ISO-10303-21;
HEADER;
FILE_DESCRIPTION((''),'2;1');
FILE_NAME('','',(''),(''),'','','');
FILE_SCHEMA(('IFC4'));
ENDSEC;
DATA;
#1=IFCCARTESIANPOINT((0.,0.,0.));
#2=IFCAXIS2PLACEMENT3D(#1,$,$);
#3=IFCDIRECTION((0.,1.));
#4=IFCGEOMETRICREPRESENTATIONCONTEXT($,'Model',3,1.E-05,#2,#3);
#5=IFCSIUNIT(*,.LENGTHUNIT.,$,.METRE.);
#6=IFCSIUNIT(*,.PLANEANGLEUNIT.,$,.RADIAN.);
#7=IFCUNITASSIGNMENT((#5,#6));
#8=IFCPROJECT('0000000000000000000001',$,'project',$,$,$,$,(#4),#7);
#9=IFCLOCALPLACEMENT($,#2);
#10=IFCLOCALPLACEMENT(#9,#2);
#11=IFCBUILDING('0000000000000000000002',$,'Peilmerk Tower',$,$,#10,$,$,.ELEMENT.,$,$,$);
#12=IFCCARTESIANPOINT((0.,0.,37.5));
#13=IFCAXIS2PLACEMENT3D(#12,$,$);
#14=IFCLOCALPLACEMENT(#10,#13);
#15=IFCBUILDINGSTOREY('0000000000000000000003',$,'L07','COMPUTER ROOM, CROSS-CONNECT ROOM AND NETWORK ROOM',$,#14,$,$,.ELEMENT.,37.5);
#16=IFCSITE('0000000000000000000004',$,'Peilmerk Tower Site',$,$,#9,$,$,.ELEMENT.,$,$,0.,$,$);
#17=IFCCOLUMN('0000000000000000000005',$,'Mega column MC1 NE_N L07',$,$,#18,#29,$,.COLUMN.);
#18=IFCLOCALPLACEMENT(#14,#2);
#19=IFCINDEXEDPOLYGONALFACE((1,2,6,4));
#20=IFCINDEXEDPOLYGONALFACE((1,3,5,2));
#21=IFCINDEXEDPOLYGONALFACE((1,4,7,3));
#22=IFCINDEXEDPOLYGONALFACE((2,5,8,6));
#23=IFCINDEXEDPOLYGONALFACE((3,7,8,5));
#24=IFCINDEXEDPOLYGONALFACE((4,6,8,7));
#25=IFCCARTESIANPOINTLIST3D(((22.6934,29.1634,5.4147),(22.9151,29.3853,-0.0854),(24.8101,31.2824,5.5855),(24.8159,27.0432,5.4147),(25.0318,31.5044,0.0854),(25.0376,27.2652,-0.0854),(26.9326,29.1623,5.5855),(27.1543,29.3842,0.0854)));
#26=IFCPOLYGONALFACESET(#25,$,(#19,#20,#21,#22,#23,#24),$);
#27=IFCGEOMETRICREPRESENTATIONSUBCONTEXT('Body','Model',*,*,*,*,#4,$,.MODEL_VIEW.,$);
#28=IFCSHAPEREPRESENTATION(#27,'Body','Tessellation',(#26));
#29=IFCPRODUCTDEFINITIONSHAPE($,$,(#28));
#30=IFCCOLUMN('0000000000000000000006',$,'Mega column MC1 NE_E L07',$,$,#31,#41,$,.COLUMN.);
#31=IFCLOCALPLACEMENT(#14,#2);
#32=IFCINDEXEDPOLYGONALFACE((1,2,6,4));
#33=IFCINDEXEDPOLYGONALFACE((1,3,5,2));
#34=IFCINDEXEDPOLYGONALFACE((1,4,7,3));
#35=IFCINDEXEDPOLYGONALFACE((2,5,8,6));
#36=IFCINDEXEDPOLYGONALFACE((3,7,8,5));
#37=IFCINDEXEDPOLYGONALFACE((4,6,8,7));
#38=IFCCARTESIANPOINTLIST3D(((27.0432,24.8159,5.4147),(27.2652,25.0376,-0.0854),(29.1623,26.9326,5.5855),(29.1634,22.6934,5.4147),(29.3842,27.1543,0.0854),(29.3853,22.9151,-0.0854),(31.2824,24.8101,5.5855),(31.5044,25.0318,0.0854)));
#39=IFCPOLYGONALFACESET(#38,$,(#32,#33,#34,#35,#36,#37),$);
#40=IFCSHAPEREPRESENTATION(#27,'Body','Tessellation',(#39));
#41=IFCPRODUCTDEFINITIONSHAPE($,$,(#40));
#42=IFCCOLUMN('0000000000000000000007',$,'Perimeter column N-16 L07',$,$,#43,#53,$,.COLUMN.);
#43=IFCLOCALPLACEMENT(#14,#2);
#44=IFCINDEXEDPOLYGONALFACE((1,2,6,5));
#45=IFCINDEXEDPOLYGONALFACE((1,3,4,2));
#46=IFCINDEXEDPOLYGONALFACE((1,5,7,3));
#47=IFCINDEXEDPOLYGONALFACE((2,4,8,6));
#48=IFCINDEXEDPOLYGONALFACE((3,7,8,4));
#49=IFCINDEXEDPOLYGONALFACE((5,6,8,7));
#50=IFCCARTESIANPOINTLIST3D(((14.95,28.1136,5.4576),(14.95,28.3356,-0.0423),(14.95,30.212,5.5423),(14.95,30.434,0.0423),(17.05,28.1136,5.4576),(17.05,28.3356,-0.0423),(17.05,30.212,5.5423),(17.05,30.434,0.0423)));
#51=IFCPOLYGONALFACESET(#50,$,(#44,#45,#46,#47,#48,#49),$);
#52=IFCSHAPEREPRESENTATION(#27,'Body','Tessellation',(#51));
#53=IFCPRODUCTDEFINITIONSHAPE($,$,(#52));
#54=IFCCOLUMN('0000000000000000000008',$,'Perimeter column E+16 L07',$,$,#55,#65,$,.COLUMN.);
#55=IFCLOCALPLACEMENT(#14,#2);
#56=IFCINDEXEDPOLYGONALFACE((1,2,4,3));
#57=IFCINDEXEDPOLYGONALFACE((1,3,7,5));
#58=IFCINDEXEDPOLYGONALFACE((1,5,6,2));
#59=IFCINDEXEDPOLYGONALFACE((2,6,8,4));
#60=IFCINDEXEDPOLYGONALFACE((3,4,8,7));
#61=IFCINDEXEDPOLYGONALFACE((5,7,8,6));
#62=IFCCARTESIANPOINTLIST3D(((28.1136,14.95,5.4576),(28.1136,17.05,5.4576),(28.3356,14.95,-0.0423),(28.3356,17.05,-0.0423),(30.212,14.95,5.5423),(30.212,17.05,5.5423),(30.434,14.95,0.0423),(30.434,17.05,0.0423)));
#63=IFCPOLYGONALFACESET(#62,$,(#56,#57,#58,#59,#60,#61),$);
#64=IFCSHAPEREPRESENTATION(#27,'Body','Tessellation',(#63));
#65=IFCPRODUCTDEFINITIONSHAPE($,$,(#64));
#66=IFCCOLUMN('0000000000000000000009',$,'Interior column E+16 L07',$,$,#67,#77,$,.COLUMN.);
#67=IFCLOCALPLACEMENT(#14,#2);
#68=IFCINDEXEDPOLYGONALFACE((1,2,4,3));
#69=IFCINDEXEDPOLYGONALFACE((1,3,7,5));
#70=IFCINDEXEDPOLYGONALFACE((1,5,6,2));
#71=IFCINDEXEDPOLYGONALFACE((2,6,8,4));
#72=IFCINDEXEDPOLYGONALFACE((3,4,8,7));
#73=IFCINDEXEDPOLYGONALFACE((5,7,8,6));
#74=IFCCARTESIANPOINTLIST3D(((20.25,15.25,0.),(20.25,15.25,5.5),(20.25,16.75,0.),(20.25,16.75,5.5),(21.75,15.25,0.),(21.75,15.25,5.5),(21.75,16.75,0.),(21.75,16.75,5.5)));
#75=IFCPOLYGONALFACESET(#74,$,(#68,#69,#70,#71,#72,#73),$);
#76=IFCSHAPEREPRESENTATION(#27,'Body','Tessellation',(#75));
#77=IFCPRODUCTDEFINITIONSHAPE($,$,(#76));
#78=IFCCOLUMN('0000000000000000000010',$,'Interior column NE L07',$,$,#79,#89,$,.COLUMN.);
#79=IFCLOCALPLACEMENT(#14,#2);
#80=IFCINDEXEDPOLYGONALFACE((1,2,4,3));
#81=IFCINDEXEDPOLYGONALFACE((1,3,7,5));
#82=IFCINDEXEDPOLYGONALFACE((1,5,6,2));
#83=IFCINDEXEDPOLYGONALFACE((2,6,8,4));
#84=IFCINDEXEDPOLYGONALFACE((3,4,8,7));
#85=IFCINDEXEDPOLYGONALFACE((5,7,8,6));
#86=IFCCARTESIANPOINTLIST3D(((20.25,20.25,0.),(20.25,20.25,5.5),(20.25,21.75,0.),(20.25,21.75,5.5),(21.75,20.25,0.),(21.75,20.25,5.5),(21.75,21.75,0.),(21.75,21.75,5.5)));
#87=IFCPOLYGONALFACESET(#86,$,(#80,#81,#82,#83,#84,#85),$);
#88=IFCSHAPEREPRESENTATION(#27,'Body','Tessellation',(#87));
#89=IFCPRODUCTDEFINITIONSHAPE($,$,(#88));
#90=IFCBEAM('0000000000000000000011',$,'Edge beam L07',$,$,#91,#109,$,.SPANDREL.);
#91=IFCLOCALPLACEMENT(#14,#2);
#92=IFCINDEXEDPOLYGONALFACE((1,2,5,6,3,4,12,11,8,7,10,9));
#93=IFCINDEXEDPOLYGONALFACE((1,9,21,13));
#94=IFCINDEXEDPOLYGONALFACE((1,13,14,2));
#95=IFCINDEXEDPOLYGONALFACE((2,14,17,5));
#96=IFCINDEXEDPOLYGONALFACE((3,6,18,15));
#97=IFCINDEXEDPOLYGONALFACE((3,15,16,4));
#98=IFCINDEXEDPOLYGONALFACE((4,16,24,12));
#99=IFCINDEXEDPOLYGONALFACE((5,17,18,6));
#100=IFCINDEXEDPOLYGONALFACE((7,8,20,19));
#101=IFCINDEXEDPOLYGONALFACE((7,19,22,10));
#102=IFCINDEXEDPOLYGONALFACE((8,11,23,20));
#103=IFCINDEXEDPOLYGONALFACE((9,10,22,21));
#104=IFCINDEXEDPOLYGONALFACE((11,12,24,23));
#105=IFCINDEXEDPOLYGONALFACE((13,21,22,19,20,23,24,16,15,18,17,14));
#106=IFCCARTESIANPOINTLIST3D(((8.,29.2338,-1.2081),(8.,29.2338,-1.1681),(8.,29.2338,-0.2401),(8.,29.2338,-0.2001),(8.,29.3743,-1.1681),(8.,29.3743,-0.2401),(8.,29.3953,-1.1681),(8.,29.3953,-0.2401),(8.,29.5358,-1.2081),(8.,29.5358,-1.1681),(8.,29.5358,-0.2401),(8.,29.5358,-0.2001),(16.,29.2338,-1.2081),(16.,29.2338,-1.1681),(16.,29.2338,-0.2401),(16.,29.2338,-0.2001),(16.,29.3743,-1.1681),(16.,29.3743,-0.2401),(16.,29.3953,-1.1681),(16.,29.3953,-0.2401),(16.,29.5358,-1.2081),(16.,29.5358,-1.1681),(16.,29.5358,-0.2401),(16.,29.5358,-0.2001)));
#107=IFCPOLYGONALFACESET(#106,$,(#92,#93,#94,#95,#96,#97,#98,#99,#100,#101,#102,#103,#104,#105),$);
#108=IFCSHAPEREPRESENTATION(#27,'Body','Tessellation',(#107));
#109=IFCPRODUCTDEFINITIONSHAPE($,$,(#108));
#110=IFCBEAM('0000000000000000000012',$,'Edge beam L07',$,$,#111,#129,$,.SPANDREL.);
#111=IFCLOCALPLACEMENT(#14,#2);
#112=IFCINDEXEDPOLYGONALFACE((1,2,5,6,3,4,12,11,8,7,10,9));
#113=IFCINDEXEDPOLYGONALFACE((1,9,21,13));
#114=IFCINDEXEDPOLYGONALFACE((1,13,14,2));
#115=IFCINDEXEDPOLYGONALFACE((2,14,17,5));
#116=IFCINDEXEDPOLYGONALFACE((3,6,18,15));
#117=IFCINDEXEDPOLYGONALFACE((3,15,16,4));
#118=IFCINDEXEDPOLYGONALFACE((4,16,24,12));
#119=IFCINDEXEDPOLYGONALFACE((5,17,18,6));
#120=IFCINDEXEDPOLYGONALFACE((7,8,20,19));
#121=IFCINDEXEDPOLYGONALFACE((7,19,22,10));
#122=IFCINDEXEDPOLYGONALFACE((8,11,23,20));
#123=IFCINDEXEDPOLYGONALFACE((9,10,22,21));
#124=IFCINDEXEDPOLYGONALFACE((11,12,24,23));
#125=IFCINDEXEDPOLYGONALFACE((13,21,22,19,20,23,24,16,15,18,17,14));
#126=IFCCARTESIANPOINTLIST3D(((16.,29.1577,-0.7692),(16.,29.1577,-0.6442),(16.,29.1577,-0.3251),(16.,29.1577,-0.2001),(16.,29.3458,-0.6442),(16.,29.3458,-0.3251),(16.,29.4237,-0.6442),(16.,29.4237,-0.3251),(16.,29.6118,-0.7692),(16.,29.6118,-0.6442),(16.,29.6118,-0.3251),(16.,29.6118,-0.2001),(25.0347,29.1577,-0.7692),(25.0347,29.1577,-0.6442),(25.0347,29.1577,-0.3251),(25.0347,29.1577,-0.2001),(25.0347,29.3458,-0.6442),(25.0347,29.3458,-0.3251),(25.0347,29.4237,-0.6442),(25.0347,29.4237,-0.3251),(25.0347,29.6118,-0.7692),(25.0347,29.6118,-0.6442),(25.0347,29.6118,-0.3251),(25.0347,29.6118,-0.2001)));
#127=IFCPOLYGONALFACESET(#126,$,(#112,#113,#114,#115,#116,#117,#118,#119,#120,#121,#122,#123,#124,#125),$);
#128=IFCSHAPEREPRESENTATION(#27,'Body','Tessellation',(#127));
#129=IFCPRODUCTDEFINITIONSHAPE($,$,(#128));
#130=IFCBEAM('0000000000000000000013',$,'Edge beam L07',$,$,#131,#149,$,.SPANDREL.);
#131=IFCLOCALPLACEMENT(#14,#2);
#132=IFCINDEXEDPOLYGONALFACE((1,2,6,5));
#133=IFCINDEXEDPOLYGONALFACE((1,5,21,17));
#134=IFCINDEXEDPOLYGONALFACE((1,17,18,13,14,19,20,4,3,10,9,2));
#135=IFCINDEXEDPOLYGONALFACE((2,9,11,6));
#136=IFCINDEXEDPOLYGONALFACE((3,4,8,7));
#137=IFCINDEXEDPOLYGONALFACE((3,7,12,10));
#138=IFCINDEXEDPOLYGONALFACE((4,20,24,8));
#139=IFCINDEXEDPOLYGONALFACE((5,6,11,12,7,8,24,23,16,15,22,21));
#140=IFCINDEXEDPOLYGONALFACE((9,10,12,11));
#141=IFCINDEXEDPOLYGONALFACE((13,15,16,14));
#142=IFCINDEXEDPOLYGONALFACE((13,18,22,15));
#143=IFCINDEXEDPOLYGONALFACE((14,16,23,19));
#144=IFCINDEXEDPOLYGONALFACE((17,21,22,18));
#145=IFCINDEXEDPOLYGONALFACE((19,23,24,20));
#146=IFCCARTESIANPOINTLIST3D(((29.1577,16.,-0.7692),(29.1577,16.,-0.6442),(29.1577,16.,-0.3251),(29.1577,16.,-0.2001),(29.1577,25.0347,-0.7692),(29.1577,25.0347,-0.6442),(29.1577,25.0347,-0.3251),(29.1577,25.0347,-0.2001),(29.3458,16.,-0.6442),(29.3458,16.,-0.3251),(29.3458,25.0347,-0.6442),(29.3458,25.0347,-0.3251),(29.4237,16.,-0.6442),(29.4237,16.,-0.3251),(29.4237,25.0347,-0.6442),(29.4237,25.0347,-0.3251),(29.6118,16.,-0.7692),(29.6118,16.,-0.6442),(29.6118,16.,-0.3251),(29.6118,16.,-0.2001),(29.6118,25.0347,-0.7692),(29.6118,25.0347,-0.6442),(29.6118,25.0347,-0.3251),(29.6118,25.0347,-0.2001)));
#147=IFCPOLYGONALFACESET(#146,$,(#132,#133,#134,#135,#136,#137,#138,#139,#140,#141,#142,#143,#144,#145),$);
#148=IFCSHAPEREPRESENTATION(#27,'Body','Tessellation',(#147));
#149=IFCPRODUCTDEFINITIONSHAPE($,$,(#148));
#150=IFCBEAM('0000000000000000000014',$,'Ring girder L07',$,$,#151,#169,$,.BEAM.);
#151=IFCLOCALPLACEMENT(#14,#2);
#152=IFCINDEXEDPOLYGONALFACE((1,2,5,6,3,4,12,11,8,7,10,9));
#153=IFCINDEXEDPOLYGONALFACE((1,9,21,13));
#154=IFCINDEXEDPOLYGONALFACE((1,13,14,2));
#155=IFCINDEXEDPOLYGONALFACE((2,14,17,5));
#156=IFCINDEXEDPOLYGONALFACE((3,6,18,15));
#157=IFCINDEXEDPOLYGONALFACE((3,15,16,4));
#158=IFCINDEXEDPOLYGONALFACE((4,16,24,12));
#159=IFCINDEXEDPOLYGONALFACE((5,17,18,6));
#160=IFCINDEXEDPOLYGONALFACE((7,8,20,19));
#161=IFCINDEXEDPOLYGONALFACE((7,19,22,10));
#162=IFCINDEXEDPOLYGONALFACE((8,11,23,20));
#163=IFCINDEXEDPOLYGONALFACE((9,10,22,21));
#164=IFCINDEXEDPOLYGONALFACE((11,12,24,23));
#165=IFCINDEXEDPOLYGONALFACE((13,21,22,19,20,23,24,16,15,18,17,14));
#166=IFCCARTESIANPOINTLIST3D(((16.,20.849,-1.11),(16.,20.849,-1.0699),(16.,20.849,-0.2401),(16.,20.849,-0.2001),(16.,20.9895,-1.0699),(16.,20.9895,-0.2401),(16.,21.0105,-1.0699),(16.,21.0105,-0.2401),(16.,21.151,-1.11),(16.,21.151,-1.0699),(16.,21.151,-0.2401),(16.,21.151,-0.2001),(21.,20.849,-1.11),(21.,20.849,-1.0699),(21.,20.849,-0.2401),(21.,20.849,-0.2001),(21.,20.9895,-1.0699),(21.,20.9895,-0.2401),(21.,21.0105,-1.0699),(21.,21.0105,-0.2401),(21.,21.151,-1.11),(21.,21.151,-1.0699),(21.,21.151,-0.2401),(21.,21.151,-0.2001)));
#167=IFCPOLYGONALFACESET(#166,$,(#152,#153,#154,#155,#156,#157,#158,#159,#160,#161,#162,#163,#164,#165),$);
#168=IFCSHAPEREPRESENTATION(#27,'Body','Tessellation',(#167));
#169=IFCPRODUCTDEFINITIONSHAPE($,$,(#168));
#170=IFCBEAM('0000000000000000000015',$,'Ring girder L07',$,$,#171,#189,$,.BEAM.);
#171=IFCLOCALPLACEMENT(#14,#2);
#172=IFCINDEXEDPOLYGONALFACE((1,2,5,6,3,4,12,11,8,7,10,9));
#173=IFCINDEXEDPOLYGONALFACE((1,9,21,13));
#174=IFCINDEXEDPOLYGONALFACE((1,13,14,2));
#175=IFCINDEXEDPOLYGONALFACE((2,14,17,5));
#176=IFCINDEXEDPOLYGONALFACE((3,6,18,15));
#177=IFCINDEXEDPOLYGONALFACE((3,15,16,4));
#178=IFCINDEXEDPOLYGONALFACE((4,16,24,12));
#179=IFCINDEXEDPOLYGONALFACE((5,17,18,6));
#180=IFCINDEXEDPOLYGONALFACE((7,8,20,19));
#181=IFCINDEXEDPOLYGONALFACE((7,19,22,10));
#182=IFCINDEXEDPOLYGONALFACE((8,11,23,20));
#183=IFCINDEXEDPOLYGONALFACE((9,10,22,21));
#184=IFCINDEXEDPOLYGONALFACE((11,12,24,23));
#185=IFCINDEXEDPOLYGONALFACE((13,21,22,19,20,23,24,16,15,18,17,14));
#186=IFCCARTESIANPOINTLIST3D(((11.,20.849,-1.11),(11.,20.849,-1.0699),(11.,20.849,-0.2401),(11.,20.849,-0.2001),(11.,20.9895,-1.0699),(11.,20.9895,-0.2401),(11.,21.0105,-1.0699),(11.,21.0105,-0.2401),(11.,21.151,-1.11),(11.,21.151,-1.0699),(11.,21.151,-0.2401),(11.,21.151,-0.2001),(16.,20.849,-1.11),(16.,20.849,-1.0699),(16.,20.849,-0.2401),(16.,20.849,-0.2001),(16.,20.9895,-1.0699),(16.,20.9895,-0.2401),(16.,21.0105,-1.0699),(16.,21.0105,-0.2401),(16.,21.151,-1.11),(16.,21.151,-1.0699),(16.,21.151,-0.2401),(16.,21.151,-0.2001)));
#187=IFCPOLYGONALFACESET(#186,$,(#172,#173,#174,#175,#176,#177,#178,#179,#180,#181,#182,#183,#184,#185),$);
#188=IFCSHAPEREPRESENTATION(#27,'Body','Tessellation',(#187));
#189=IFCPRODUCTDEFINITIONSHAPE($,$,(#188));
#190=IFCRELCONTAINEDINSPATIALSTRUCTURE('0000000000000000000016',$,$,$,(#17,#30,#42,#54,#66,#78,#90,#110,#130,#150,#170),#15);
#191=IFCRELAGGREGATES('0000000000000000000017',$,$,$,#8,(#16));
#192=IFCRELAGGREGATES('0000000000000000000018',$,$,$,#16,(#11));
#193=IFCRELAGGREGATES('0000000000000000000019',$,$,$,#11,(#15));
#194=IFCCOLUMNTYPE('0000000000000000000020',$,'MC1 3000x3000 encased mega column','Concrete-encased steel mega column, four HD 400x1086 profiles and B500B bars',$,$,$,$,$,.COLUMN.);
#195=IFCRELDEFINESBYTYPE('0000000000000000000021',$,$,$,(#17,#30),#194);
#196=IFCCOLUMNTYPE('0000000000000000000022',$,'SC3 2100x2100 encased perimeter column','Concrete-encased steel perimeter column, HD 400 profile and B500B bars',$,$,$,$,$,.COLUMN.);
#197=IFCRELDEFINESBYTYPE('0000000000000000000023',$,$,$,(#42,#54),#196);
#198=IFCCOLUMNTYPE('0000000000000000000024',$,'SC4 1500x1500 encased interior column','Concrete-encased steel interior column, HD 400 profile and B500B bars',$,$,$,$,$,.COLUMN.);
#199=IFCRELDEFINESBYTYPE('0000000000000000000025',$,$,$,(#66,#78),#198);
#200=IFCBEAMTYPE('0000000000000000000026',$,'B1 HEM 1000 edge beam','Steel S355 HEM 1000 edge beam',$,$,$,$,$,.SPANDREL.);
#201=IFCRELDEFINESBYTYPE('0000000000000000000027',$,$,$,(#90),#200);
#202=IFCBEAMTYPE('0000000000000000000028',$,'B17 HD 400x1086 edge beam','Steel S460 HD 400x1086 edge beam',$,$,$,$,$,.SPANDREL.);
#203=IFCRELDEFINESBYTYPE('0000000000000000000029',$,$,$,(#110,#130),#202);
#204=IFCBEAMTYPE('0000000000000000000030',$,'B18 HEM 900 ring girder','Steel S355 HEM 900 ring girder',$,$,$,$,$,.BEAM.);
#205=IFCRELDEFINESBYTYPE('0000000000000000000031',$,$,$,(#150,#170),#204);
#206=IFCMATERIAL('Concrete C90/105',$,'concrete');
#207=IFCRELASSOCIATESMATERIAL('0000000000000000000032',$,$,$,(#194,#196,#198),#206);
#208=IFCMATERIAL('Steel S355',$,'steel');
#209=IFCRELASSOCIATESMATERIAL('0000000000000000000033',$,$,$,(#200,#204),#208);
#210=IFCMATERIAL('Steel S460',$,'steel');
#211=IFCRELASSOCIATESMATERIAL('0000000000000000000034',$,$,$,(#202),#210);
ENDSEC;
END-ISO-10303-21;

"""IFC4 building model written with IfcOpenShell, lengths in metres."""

from ifc_helpers import new_model, si_unit, direction, frame, origin, origin_2d, place, context, subcontext, project, spatial, rectangle, i_section, extrude, material, material_profile, profile_set, type_object, element, save


model = new_model("IFC4")

# Units and contexts
model_context = context("Model", 3, precision=1e-05, world=origin(), true_north=direction((0.0, 1.0)))
body_context = subcontext(model_context, "Body", "Model", "MODEL_VIEW")
ifc_project = project(units=[si_unit("LENGTHUNIT", "METRE"), si_unit("PLANEANGLEUNIT", "RADIAN")], contexts=[model_context])

# Site, building, storey
site_placement = place(None, origin())
site = spatial("IfcSite", under=ifc_project, at=site_placement, Name="Peilmerk Tower Site", CompositionType="ELEMENT", RefElevation=0.0)
building_placement = place(site_placement, origin())
building = spatial("IfcBuilding", under=site, at=building_placement, Name="Peilmerk Tower", CompositionType="ELEMENT")
storey_placement = place(building_placement, frame((0.0, 0.0, 37.5)))
storey = spatial("IfcBuildingStorey", under=building, at=storey_placement, Name="L07", Description="COMPUTER ROOM, CROSS-CONNECT ROOM AND NETWORK ROOM", CompositionType="ELEMENT", Elevation=37.5)

# Columns
ifc_material_1 = material(Name="Concrete C90/105", Category="concrete")
ifc_material_profile_1 = material_profile(ifc_material_1, rectangle(XDim=3.0, YDim=3.0, at=origin_2d()), Name="RC 3000x3000")
ifc_profile_set_1 = profile_set([ifc_material_profile_1], Name="Concrete C90/105")
column_type_1 = type_object("IfcColumnType", Name="MC1 3000x3000 encased mega column", Description="Concrete-encased steel mega column, four HD 400x1086 profiles and B500B bars", PredefinedType="COLUMN", material=ifc_profile_set_1)
for number, where, z_axis, x_axis, name in (
    (1, (25.0347, 29.3848, 0.0), (-0.04024, -0.040284, 0.998378), (0.707496, -0.706718, 0.0), "Mega column MC1 NE_N L07"),
    (2, (29.3848, 25.0347, 0.0), (-0.040284, -0.04024, 0.998378), (0.706718, -0.707496, 0.0), "Mega column MC1 NE_E L07"),
):
    element("IfcColumn", number, at=place(storey_placement, frame(where, z_axis=z_axis, x_axis=x_axis)), inside=storey, type_object=column_type_1, Name=name, PredefinedType="COLUMN", context=body_context, shape_type="SweptSolid", body=[
        extrude(rectangle(XDim=3.0, YDim=3.0, at=origin_2d()), origin(), (0.0, 0.0, 1.0), 5.509),
    ])
ifc_material_profile_2 = material_profile(ifc_material_1, rectangle(XDim=2.1001, YDim=2.1001, at=origin_2d()), Name="RC 2100x2100")
ifc_profile_set_2 = profile_set([ifc_material_profile_2], Name="Concrete C90/105")
column_type_2 = type_object("IfcColumnType", Name="SC3 2100x2100 encased perimeter column", Description="Concrete-encased steel perimeter column, HD 400 profile and B500B bars", PredefinedType="COLUMN", material=ifc_profile_set_2)
for number, where, z_axis, x_axis, name in (
    (3, (16.0, 29.3848, 0.0), (0.0, -0.040317, 0.999187), (1.0, 0.0, 0.0), "Perimeter column N-16 L07"),
    (4, (29.3848, 16.0, 0.0), (-0.040317, 0.0, 0.999187), (0.0, -1.0, 0.0), "Perimeter column E+16 L07"),
):
    element("IfcColumn", number, at=place(storey_placement, frame(where, z_axis=z_axis, x_axis=x_axis)), inside=storey, type_object=column_type_2, Name=name, PredefinedType="COLUMN", context=body_context, shape_type="SweptSolid", body=[
        extrude(rectangle(XDim=2.1001, YDim=2.1001, at=origin_2d()), origin(), (0.0, 0.0, 1.0), 5.5044),
    ])
ifc_material_profile_3 = material_profile(ifc_material_1, rectangle(XDim=1.5, YDim=1.5, at=origin_2d()), Name="RC 1500x1500")
ifc_profile_set_3 = profile_set([ifc_material_profile_3], Name="Concrete C90/105")
column_type_3 = type_object("IfcColumnType", Name="SC4 1500x1500 encased interior column", Description="Concrete-encased steel interior column, HD 400 profile and B500B bars", PredefinedType="COLUMN", material=ifc_profile_set_3)
for number, where, z_axis, x_axis, name in (
    (5, (21.0, 16.0, 0.0), (0.0, 0.0, 1.0), (1.0, 0.0, 0.0), "Interior column E+16 L07"),
    (6, (21.0, 21.0, 0.0), (0.0, 0.0, 1.0), (1.0, 0.0, 0.0), "Interior column NE L07"),
):
    element("IfcColumn", number, at=place(storey_placement, frame(where, z_axis=z_axis, x_axis=x_axis)), inside=storey, type_object=column_type_3, Name=name, PredefinedType="COLUMN", context=body_context, shape_type="SweptSolid", body=[
        extrude(rectangle(XDim=1.5, YDim=1.5, at=origin_2d()), origin(), (0.0, 0.0, 1.0), 5.5),
    ])

# Beams
ifc_material_2 = material(Name="Steel S355", Category="steel")
ifc_material_profile_4 = material_profile(ifc_material_2, i_section(OverallWidth=0.302, OverallDepth=1.0081, WebThickness=0.021, FlangeThickness=0.04, at=origin_2d()), Name="HEM 1000")
ifc_profile_set_4 = profile_set([ifc_material_profile_4], Name="Steel S355")
beam_type_1 = type_object("IfcBeamType", Name="B1 HEM 1000 edge beam", Description="Steel S355 HEM 1000 edge beam", PredefinedType="SPANDREL", material=ifc_profile_set_4)
beam_1_placement = place(storey_placement, frame((16.0, 29.3848, -0.7041), z_axis=(-1.0, 0.0, 0.0), x_axis=(0.0, -1.0, 0.0)))
element("IfcBeam", 7, at=beam_1_placement, inside=storey, type_object=beam_type_1, Name="Edge beam L07", PredefinedType="SPANDREL", context=body_context, shape_type="SweptSolid", body=[
    extrude(i_section(OverallWidth=0.302, OverallDepth=1.0081, WebThickness=0.021, FlangeThickness=0.04, at=origin_2d()), origin(), (0.0, 0.0, 1.0), 8.0),
])
ifc_material_3 = material(Name="Steel S460", Category="steel")
ifc_material_profile_5 = material_profile(ifc_material_3, i_section(OverallWidth=0.4541, OverallDepth=0.5691, WebThickness=0.0779, FlangeThickness=0.125, at=origin_2d()), Name="HD 400x1086")
ifc_profile_set_5 = profile_set([ifc_material_profile_5], Name="Steel S460")
beam_type_2 = type_object("IfcBeamType", Name="B17 HD 400x1086 edge beam", Description="Steel S460 HD 400x1086 edge beam", PredefinedType="SPANDREL", material=ifc_profile_set_5)
for number, where, z_axis, x_axis, name in (
    (8, (25.0347, 29.3848, -0.4846), (-1.0, 0.0, 0.0), (0.0, -1.0, 0.0), "Edge beam L07"),
    (9, (29.3848, 16.0, -0.4846), (0.0, 1.0, 0.0), (-1.0, 0.0, 0.0), "Edge beam L07"),
):
    element("IfcBeam", number, at=place(storey_placement, frame(where, z_axis=z_axis, x_axis=x_axis)), inside=storey, type_object=beam_type_2, Name=name, PredefinedType="SPANDREL", context=body_context, shape_type="SweptSolid", body=[
        extrude(i_section(OverallWidth=0.4541, OverallDepth=0.5691, WebThickness=0.0779, FlangeThickness=0.125, at=origin_2d()), origin(), (0.0, 0.0, 1.0), 9.0347),
    ])
ifc_material_profile_6 = material_profile(ifc_material_2, i_section(OverallWidth=0.302, OverallDepth=0.9099, WebThickness=0.021, FlangeThickness=0.04, at=origin_2d()), Name="HEM 900")
ifc_profile_set_6 = profile_set([ifc_material_profile_6], Name="Steel S355")
beam_type_3 = type_object("IfcBeamType", Name="B18 HEM 900 ring girder", Description="Steel S355 HEM 900 ring girder", PredefinedType="BEAM", material=ifc_profile_set_6)
for number, where, z_axis, x_axis, name in (
    (10, (21.0, 21.0, -0.655), (-1.0, 0.0, 0.0), (0.0, -1.0, 0.0), "Ring girder L07"),
    (11, (16.0, 21.0, -0.655), (-1.0, 0.0, 0.0), (0.0, -1.0, 0.0), "Ring girder L07"),
):
    element("IfcBeam", number, at=place(storey_placement, frame(where, z_axis=z_axis, x_axis=x_axis)), inside=storey, type_object=beam_type_3, Name=name, PredefinedType="BEAM", context=body_context, shape_type="SweptSolid", body=[
        extrude(i_section(OverallWidth=0.302, OverallDepth=0.9099, WebThickness=0.021, FlangeThickness=0.04, at=origin_2d()), origin(), (0.0, 0.0, 1.0), 5.0),
    ])

save(model, "model.ifc")
